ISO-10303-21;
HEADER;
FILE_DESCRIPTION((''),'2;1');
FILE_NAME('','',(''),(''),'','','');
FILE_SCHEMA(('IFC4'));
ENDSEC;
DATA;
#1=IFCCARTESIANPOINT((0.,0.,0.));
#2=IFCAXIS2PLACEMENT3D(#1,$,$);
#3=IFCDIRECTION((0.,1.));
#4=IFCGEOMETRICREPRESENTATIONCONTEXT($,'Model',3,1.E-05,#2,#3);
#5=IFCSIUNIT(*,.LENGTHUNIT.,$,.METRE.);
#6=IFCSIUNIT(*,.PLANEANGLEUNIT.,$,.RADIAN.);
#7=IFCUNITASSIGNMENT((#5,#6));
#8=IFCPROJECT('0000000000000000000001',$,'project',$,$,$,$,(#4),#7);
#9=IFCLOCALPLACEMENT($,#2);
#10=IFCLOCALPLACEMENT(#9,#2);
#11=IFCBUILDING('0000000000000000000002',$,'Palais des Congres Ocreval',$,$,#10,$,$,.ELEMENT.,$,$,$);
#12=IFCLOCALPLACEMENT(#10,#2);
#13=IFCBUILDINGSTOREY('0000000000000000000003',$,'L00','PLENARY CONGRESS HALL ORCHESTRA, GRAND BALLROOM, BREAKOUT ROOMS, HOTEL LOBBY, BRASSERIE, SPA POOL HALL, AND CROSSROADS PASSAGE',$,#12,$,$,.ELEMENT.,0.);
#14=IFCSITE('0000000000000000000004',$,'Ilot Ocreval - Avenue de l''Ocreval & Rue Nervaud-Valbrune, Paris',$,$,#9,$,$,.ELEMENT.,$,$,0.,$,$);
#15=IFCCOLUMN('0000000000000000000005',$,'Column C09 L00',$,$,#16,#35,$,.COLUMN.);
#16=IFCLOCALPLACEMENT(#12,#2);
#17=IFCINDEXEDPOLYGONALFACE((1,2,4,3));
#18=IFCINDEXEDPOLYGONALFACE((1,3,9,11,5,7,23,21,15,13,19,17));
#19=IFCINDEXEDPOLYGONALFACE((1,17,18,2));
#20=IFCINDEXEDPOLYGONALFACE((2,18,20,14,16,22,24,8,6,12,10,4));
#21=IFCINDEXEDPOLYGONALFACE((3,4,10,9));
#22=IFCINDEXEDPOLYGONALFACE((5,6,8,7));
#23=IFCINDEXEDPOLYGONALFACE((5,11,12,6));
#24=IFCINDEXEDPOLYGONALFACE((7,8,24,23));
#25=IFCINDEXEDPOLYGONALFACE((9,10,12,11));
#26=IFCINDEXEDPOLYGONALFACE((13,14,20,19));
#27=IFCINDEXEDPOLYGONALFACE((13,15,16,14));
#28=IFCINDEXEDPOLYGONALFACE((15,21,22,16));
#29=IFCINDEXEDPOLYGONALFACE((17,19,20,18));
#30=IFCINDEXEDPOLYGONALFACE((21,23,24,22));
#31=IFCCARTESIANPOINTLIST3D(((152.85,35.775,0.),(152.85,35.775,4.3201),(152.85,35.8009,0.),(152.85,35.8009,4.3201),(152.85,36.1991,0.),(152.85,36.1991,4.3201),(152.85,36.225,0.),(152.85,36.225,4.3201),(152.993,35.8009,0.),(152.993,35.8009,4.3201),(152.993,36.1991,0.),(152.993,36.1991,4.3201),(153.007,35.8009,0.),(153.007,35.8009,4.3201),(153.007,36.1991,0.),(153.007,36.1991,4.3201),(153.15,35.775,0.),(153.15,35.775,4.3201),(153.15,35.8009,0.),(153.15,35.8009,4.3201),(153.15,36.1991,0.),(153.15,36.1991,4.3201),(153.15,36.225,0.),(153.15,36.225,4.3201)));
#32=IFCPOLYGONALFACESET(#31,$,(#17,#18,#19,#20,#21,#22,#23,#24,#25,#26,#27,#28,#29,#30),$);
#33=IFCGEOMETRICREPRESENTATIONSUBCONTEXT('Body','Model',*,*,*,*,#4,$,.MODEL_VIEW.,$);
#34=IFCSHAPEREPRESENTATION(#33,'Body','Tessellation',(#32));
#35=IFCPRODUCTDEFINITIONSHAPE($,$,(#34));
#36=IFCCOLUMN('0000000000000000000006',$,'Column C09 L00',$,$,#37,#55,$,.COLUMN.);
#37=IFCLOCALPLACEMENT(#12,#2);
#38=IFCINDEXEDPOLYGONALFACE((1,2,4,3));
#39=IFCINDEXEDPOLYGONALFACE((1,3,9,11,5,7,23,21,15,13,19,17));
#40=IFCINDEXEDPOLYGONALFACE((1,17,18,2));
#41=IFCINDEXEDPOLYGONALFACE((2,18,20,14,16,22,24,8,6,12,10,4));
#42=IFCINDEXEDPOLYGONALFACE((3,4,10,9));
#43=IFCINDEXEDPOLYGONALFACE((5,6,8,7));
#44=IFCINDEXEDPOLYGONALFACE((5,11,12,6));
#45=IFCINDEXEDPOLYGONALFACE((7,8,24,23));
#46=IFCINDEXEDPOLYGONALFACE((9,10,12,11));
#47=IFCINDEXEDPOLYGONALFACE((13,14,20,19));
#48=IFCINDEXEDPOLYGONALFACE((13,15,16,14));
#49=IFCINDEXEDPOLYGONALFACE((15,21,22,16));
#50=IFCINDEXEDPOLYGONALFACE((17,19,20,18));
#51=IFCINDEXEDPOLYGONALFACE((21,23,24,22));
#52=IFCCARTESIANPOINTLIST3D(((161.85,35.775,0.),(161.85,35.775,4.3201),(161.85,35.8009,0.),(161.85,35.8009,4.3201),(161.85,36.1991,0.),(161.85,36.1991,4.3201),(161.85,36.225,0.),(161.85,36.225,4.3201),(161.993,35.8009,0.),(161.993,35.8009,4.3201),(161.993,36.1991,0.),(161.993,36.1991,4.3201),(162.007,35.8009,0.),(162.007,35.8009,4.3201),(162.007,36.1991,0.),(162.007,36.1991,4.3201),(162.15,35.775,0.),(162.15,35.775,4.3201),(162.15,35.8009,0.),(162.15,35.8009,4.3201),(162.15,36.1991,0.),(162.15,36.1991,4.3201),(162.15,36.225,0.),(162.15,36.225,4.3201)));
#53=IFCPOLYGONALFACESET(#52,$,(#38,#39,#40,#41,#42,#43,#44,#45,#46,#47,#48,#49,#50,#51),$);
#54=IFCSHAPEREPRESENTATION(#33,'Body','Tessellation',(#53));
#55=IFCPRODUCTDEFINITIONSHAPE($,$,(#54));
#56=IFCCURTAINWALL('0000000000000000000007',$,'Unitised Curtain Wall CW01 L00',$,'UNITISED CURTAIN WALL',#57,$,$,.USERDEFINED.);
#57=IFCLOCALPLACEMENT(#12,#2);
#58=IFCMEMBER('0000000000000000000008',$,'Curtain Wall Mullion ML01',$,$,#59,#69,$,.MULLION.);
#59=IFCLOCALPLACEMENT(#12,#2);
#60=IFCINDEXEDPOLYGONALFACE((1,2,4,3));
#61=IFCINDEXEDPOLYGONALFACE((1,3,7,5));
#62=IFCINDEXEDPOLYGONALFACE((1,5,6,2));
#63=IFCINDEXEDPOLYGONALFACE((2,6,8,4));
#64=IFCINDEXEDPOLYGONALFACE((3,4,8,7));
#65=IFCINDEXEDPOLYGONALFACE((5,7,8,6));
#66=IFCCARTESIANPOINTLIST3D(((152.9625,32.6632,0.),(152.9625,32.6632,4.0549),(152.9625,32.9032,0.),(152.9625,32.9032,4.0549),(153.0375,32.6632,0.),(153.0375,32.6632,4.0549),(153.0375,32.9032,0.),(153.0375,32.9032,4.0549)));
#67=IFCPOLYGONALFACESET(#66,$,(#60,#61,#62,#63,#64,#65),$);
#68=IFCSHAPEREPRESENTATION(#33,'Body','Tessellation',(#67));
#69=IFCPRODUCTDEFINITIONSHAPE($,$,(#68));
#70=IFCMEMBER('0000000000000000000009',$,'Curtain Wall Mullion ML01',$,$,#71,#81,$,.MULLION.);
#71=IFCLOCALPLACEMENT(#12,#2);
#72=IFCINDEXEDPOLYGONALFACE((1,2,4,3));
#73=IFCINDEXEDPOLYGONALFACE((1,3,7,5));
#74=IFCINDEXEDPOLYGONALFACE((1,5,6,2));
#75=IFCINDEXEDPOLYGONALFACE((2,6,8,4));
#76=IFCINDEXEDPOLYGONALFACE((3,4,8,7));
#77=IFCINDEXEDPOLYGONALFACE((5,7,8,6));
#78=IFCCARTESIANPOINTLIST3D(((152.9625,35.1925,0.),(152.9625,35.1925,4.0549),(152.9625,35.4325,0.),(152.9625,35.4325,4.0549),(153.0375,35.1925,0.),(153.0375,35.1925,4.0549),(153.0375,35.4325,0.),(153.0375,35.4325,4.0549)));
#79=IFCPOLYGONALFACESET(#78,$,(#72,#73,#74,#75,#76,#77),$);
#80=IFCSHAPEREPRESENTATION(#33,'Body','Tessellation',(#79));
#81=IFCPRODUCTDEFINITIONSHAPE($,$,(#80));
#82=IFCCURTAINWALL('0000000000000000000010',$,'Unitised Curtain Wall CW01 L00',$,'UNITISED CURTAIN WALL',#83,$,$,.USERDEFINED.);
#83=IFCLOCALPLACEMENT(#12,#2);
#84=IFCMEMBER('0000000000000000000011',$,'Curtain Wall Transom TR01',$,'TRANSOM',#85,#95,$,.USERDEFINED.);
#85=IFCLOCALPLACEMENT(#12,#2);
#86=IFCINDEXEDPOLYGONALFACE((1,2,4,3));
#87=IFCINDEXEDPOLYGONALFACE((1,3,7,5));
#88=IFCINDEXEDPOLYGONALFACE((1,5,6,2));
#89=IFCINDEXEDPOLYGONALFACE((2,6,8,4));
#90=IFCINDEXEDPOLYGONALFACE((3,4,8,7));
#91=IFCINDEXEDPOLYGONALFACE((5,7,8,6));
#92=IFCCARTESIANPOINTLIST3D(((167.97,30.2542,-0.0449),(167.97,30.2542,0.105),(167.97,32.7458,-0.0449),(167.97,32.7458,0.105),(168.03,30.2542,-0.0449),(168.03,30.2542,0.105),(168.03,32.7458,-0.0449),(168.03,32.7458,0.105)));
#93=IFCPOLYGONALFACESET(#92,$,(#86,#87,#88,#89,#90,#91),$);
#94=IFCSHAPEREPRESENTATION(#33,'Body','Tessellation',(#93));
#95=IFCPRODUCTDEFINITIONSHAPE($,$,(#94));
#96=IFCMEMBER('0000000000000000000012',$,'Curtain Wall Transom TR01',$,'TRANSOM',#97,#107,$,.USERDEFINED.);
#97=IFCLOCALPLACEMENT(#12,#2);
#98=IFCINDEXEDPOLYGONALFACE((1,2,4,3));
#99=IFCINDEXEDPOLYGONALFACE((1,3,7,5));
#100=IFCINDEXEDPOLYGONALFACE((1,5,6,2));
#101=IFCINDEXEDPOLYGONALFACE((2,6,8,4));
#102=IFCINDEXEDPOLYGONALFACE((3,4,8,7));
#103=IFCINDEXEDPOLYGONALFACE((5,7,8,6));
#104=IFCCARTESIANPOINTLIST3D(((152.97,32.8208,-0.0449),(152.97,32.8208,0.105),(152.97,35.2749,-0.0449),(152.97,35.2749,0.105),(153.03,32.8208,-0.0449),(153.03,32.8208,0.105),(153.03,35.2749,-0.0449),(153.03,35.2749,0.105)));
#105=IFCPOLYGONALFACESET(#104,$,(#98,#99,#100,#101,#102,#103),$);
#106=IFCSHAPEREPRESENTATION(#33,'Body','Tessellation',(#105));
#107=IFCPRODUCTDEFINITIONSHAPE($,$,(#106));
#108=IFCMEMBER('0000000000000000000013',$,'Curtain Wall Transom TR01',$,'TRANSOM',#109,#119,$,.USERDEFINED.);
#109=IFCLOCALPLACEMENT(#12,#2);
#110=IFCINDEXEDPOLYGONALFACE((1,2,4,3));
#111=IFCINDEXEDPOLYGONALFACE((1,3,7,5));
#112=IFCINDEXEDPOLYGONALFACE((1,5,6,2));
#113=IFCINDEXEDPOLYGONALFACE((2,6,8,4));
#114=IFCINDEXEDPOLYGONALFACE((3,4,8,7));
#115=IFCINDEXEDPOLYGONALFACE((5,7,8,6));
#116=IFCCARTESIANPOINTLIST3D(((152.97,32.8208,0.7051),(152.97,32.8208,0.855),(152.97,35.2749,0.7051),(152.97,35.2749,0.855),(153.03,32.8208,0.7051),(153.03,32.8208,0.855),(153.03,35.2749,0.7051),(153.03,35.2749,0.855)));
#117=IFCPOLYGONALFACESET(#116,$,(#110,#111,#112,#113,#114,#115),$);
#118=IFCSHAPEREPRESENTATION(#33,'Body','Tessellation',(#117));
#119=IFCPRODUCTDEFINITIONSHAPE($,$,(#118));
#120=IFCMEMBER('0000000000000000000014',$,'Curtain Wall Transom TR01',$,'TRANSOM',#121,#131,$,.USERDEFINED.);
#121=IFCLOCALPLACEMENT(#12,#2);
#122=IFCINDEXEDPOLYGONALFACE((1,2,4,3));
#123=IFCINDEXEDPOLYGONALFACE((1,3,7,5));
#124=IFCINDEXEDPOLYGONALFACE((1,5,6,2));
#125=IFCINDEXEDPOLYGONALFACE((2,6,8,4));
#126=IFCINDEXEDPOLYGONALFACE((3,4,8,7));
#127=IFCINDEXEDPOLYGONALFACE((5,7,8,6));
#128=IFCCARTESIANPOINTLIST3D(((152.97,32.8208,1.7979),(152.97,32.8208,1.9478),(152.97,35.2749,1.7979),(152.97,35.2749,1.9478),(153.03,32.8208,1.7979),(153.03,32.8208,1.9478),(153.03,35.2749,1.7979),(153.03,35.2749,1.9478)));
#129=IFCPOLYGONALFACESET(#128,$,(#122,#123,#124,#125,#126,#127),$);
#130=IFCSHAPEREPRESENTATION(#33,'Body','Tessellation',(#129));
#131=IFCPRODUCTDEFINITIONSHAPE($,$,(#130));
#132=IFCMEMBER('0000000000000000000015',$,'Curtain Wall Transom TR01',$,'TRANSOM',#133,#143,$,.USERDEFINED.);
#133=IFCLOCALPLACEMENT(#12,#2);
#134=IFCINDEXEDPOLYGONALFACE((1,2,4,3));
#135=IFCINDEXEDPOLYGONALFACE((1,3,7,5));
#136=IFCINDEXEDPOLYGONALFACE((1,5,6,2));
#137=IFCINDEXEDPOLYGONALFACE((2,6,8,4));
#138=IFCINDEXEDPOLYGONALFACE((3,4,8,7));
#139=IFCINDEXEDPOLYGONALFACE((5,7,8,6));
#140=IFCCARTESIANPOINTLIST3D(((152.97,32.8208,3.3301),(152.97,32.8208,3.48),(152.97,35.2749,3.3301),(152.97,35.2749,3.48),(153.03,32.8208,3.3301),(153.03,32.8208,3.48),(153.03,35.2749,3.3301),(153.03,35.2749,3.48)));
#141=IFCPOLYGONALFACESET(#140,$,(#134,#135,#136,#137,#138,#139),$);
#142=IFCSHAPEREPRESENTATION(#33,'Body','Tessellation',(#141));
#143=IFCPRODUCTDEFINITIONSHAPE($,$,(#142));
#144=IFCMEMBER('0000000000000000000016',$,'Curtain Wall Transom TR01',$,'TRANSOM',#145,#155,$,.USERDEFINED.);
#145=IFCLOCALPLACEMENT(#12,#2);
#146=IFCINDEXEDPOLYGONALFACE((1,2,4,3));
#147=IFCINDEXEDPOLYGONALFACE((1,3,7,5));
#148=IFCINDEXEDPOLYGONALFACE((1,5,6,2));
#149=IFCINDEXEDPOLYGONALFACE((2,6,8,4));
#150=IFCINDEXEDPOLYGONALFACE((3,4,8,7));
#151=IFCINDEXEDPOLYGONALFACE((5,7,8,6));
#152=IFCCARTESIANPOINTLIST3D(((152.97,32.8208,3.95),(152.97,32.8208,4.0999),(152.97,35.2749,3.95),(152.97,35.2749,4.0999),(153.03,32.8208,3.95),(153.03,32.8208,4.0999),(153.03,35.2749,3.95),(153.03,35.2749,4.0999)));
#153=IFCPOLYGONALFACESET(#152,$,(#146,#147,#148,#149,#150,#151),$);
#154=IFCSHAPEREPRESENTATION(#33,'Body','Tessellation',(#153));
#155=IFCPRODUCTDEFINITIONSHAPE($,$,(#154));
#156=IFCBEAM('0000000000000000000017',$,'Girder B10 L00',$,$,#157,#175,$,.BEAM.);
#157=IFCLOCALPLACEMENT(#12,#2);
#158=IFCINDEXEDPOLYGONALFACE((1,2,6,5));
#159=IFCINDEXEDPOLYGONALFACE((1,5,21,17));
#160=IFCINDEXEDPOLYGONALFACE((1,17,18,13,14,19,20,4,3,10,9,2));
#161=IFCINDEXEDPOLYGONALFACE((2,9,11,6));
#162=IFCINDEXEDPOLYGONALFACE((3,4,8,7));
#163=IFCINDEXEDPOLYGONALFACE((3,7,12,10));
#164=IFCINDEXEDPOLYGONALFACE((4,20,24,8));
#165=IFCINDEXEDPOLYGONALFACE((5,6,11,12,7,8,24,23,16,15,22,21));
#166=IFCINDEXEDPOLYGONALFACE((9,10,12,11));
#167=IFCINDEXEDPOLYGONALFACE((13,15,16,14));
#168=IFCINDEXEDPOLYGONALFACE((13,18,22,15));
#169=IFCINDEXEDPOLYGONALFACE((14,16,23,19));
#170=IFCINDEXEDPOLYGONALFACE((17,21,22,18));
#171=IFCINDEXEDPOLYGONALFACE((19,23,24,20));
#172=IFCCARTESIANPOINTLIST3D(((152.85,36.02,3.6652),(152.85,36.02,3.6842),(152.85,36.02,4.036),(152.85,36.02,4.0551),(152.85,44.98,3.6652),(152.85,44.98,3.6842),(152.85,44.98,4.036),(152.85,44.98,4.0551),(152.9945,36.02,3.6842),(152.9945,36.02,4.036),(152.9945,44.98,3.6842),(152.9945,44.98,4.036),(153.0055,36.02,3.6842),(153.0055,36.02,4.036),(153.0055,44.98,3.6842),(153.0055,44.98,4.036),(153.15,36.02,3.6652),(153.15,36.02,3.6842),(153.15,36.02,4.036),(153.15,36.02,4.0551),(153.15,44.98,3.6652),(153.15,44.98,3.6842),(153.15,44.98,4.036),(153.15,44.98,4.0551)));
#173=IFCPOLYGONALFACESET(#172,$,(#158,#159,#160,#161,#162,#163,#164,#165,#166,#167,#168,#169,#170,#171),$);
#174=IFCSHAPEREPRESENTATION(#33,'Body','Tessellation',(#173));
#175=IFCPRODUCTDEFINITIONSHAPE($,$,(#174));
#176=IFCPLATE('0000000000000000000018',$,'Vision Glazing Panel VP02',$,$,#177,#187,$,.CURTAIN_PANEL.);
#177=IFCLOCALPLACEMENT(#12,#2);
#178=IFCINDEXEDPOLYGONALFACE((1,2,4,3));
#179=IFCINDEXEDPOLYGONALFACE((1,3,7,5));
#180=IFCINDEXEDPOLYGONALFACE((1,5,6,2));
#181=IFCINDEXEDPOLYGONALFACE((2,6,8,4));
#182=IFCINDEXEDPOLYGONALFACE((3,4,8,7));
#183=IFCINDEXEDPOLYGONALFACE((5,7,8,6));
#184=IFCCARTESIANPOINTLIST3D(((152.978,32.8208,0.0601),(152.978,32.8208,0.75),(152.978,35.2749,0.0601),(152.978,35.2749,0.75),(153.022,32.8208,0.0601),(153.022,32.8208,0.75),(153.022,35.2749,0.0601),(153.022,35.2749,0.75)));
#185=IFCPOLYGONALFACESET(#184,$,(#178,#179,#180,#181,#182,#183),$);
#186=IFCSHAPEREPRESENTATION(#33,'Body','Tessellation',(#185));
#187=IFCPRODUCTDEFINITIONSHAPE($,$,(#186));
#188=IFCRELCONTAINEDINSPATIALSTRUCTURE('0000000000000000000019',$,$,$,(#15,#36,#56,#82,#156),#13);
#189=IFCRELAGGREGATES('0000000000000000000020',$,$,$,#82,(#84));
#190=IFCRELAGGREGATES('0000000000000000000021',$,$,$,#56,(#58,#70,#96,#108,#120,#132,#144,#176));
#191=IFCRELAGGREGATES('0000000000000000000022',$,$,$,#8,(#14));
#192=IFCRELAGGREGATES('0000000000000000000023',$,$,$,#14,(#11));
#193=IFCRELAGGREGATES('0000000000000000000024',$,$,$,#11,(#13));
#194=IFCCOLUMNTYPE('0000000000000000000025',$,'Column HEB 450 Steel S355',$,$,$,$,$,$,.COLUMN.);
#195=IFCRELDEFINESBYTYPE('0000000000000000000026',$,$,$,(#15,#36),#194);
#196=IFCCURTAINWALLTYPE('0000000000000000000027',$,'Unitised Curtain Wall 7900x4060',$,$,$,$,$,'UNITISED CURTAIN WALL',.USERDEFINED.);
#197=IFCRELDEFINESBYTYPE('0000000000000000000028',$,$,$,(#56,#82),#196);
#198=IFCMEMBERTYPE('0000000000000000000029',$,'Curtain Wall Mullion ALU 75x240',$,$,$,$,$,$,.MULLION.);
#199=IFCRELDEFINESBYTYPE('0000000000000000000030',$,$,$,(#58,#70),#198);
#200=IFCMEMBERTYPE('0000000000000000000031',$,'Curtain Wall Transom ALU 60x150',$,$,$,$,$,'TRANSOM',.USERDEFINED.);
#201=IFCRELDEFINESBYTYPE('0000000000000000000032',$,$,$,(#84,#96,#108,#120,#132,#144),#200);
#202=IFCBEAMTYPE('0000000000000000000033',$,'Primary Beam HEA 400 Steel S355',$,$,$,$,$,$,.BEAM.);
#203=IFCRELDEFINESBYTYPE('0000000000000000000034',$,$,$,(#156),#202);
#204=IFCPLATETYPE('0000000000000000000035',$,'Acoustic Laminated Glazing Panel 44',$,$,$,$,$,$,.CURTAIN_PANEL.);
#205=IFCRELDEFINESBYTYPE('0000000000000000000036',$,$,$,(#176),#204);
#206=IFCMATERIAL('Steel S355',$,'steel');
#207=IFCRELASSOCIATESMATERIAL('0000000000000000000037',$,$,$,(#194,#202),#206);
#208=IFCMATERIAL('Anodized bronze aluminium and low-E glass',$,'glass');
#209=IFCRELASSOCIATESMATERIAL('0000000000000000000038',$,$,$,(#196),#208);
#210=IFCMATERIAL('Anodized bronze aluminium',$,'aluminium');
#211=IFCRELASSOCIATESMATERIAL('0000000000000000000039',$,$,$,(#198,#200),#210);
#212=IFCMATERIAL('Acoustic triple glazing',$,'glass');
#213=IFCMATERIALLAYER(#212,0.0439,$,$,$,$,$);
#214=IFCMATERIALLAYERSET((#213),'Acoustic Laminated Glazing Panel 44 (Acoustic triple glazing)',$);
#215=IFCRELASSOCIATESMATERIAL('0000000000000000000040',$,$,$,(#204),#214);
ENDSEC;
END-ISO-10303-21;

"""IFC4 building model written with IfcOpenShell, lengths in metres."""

from ifc_helpers import new_model, si_unit, direction, frame, origin, origin_2d, place, context, subcontext, project, spatial, rectangle, i_section, extrude, material, layer, layer_set, material_profile, profile_set, type_object, element, aggregate, save


model = new_model("IFC4")

# Units and contexts
model_context = context("Model", 3, precision=1e-05, world=origin(), true_north=direction((0.0, 1.0)))
body_context = subcontext(model_context, "Body", "Model", "MODEL_VIEW")
ifc_project = project(units=[si_unit("LENGTHUNIT", "METRE"), si_unit("PLANEANGLEUNIT", "RADIAN")], contexts=[model_context])

# Site, building, storey
site_placement = place(None, origin())
site = spatial("IfcSite", under=ifc_project, at=site_placement, Name="Ilot Ocreval - Avenue de l'Ocreval & Rue Nervaud-Valbrune, Paris", CompositionType="ELEMENT", RefElevation=0.0)
building_placement = place(site_placement, origin())
building = spatial("IfcBuilding", under=site, at=building_placement, Name="Palais des Congres Ocreval", CompositionType="ELEMENT")
storey_placement = place(building_placement, origin())
storey = spatial("IfcBuildingStorey", under=building, at=storey_placement, Name="L00", Description="PLENARY CONGRESS HALL ORCHESTRA, GRAND BALLROOM, BREAKOUT ROOMS, HOTEL LOBBY, BRASSERIE, SPA POOL HALL, AND CROSSROADS PASSAGE", CompositionType="ELEMENT", Elevation=0.0)

# Columns
ifc_material_1 = material(Name="Steel S355", Category="steel")
ifc_material_profile_1 = material_profile(ifc_material_1, i_section(OverallWidth=0.3, OverallDepth=0.45, WebThickness=0.0139, FlangeThickness=0.0259, at=origin_2d()), Name="HEB 450")
ifc_profile_set_1 = profile_set([ifc_material_profile_1], Name="Steel S355")
column_type = type_object("IfcColumnType", Name="Column HEB 450 Steel S355", PredefinedType="COLUMN", material=ifc_profile_set_1)
for number, where, z_axis, x_axis, name in (
    (1, (153.0, 36.0, 0.0), (0.0, 0.0, 1.0), (1.0, 0.0, 0.0), "Column C09 L00"),
    (2, (162.0, 36.0, 0.0), (0.0, 0.0, 1.0), (1.0, 0.0, 0.0), "Column C09 L00"),
):
    element("IfcColumn", number, at=place(storey_placement, frame(where, z_axis=z_axis, x_axis=x_axis)), inside=storey, type_object=column_type, Name=name, PredefinedType="COLUMN", context=body_context, shape_type="SweptSolid", body=[
        extrude(i_section(OverallWidth=0.3, OverallDepth=0.45, WebThickness=0.0139, FlangeThickness=0.0259, at=origin_2d()), origin(), (0.0, 0.0, 1.0), 4.3201),
    ])

# Curtain wall, members
ifc_material_2 = material(Name="Anodized bronze aluminium and low-E glass", Category="glass")
curtain_wall_type = type_object("IfcCurtainWallType", Name="Unitised Curtain Wall 7900x4060", ElementType="UNITISED CURTAIN WALL", PredefinedType="USERDEFINED", material=ifc_material_2)
curtain_wall_1_placement = place(storey_placement, origin())
curtain_wall_1 = element("IfcCurtainWall", 3, at=curtain_wall_1_placement, inside=storey, type_object=curtain_wall_type, Name="Unitised Curtain Wall CW01 L00", ObjectType="UNITISED CURTAIN WALL", PredefinedType="USERDEFINED")
ifc_material_3 = material(Name="Anodized bronze aluminium", Category="aluminium")
ifc_material_profile_2 = material_profile(ifc_material_3, rectangle(XDim=0.075, YDim=0.24, at=origin_2d()), Name="ALU 75x240")
ifc_profile_set_2 = profile_set([ifc_material_profile_2], Name="Anodized bronze aluminium")
member_type_1 = type_object("IfcMemberType", Name="Curtain Wall Mullion ALU 75x240", PredefinedType="MULLION", material=ifc_profile_set_2)
member_1_placement = place(storey_placement, frame((153.0, 32.7832, 0.0), z_axis=(0.0, 0.0, 1.0), x_axis=(-1.0, 0.0, 0.0)))
member_1 = element("IfcMember", 4, at=member_1_placement, type_object=member_type_1, Name="Curtain Wall Mullion ML01", PredefinedType="MULLION", context=body_context, shape_type="SweptSolid", body=[
    extrude(rectangle(XDim=0.075, YDim=0.24, at=origin_2d()), origin(), (0.0, 0.0, 1.0), 4.0549),
])
member_2_placement = place(storey_placement, frame((153.0, 35.3125, 0.0), z_axis=(0.0, 0.0, 1.0), x_axis=(-1.0, 0.0, 0.0)))
member_2 = element("IfcMember", 5, at=member_2_placement, type_object=member_type_1, Name="Curtain Wall Mullion ML01", PredefinedType="MULLION", context=body_context, shape_type="SweptSolid", body=[
    extrude(rectangle(XDim=0.075, YDim=0.24, at=origin_2d()), origin(), (0.0, 0.0, 1.0), 4.0549),
])

# Curtain wall, member
curtain_wall_2_placement = place(storey_placement, origin())
curtain_wall_2 = element("IfcCurtainWall", 6, at=curtain_wall_2_placement, inside=storey, type_object=curtain_wall_type, Name="Unitised Curtain Wall CW01 L00", ObjectType="UNITISED CURTAIN WALL", PredefinedType="USERDEFINED")
ifc_material_profile_3 = material_profile(ifc_material_3, rectangle(XDim=0.0601, YDim=0.1499, at=origin_2d()), Name="ALU 60x150")
ifc_profile_set_3 = profile_set([ifc_material_profile_3], Name="Anodized bronze aluminium")
member_type_2 = type_object("IfcMemberType", Name="Curtain Wall Transom ALU 60x150", ElementType="TRANSOM", PredefinedType="USERDEFINED", material=ifc_profile_set_3)
member_3_placement = place(storey_placement, frame((168.0, 32.7458, 0.03), z_axis=(0.0, -1.0, 0.0), x_axis=(1.0, 0.0, 0.0)))
member_3 = element("IfcMember", 7, at=member_3_placement, type_object=member_type_2, Name="Curtain Wall Transom TR01", ObjectType="TRANSOM", PredefinedType="USERDEFINED", context=body_context, shape_type="SweptSolid", body=[
    extrude(rectangle(XDim=0.0601, YDim=0.1499, at=origin_2d()), origin(), (0.0, 0.0, 1.0), 2.4917),
])
aggregate(curtain_wall_2, [member_3])

# Members
member_4_placement = place(storey_placement, frame((153.0, 32.8208, 0.03), z_axis=(0.0, 1.0, 0.0), x_axis=(-1.0, 0.0, 0.0)))
member_4 = element("IfcMember", 8, at=member_4_placement, type_object=member_type_2, Name="Curtain Wall Transom TR01", ObjectType="TRANSOM", PredefinedType="USERDEFINED", context=body_context, shape_type="SweptSolid", body=[
    extrude(rectangle(XDim=0.0601, YDim=0.1499, at=origin_2d()), origin(), (0.0, 0.0, 1.0), 2.4541),
])
member_5_placement = place(storey_placement, frame((153.0, 32.8208, 0.78), z_axis=(0.0, 1.0, 0.0), x_axis=(-1.0, 0.0, 0.0)))
member_5 = element("IfcMember", 9, at=member_5_placement, type_object=member_type_2, Name="Curtain Wall Transom TR01", ObjectType="TRANSOM", PredefinedType="USERDEFINED", context=body_context, shape_type="SweptSolid", body=[
    extrude(rectangle(XDim=0.0601, YDim=0.1499, at=origin_2d()), origin(), (0.0, 0.0, 1.0), 2.4541),
])
member_6_placement = place(storey_placement, frame((153.0, 32.8208, 1.8728), z_axis=(0.0, 1.0, 0.0), x_axis=(-1.0, 0.0, 0.0)))
member_6 = element("IfcMember", 10, at=member_6_placement, type_object=member_type_2, Name="Curtain Wall Transom TR01", ObjectType="TRANSOM", PredefinedType="USERDEFINED", context=body_context, shape_type="SweptSolid", body=[
    extrude(rectangle(XDim=0.0601, YDim=0.1499, at=origin_2d()), origin(), (0.0, 0.0, 1.0), 2.4541),
])
member_7_placement = place(storey_placement, frame((153.0, 32.8208, 3.405), z_axis=(0.0, 1.0, 0.0), x_axis=(-1.0, 0.0, 0.0)))
member_7 = element("IfcMember", 11, at=member_7_placement, type_object=member_type_2, Name="Curtain Wall Transom TR01", ObjectType="TRANSOM", PredefinedType="USERDEFINED", context=body_context, shape_type="SweptSolid", body=[
    extrude(rectangle(XDim=0.0601, YDim=0.1499, at=origin_2d()), origin(), (0.0, 0.0, 1.0), 2.4541),
])
member_8_placement = place(storey_placement, frame((153.0, 32.8208, 4.0249), z_axis=(0.0, 1.0, 0.0), x_axis=(-1.0, 0.0, 0.0)))
member_8 = element("IfcMember", 12, at=member_8_placement, type_object=member_type_2, Name="Curtain Wall Transom TR01", ObjectType="TRANSOM", PredefinedType="USERDEFINED", context=body_context, shape_type="SweptSolid", body=[
    extrude(rectangle(XDim=0.0601, YDim=0.1499, at=origin_2d()), origin(), (0.0, 0.0, 1.0), 2.4541),
])

# Beam
ifc_material_profile_4 = material_profile(ifc_material_1, i_section(OverallWidth=0.3, OverallDepth=0.3899, WebThickness=0.011, FlangeThickness=0.019, at=origin_2d()), Name="HEA 400")
ifc_profile_set_4 = profile_set([ifc_material_profile_4], Name="Steel S355")
beam_type = type_object("IfcBeamType", Name="Primary Beam HEA 400 Steel S355", PredefinedType="BEAM", material=ifc_profile_set_4)
beam_placement = place(storey_placement, frame((153.0, 36.02, 3.8601), z_axis=(0.0, 1.0, 0.0), x_axis=(-1.0, 0.0, 0.0)))
element("IfcBeam", 13, at=beam_placement, inside=storey, type_object=beam_type, Name="Girder B10 L00", PredefinedType="BEAM", context=body_context, shape_type="SweptSolid", body=[
    extrude(i_section(OverallWidth=0.3, OverallDepth=0.3899, WebThickness=0.011, FlangeThickness=0.019, at=origin_2d()), origin(), (0.0, 0.0, 1.0), 8.96),
])

# Plate
ifc_material_4 = material(Name="Acoustic triple glazing", Category="glass")
ifc_layer_1 = layer(ifc_material_4, 0.0439)
ifc_layer_set_1 = layer_set([ifc_layer_1], Name="Acoustic Laminated Glazing Panel 44 (Acoustic triple glazing)")
plate_type_1 = type_object("IfcPlateType", Name="Acoustic Laminated Glazing Panel 44", PredefinedType="CURTAIN_PANEL", material=ifc_layer_set_1)
plate_1_placement = place(storey_placement, frame((153.0, 34.0479, 0.0601), z_axis=(0.0, 0.0, 1.0), x_axis=(0.0, 1.0, 0.0)))
plate_1 = element("IfcPlate", 14, at=plate_1_placement, type_object=plate_type_1, Name="Vision Glazing Panel VP02", PredefinedType="CURTAIN_PANEL", context=body_context, shape_type="SweptSolid", body=[
    extrude(rectangle(XDim=2.4541, YDim=0.0439, at=origin_2d()), origin(), (0.0, 0.0, 1.0), 0.6899),
])
aggregate(curtain_wall_1, [member_1, member_2, member_4, member_5, member_6, member_7, member_8, plate_1])

save(model, "model.ifc")
